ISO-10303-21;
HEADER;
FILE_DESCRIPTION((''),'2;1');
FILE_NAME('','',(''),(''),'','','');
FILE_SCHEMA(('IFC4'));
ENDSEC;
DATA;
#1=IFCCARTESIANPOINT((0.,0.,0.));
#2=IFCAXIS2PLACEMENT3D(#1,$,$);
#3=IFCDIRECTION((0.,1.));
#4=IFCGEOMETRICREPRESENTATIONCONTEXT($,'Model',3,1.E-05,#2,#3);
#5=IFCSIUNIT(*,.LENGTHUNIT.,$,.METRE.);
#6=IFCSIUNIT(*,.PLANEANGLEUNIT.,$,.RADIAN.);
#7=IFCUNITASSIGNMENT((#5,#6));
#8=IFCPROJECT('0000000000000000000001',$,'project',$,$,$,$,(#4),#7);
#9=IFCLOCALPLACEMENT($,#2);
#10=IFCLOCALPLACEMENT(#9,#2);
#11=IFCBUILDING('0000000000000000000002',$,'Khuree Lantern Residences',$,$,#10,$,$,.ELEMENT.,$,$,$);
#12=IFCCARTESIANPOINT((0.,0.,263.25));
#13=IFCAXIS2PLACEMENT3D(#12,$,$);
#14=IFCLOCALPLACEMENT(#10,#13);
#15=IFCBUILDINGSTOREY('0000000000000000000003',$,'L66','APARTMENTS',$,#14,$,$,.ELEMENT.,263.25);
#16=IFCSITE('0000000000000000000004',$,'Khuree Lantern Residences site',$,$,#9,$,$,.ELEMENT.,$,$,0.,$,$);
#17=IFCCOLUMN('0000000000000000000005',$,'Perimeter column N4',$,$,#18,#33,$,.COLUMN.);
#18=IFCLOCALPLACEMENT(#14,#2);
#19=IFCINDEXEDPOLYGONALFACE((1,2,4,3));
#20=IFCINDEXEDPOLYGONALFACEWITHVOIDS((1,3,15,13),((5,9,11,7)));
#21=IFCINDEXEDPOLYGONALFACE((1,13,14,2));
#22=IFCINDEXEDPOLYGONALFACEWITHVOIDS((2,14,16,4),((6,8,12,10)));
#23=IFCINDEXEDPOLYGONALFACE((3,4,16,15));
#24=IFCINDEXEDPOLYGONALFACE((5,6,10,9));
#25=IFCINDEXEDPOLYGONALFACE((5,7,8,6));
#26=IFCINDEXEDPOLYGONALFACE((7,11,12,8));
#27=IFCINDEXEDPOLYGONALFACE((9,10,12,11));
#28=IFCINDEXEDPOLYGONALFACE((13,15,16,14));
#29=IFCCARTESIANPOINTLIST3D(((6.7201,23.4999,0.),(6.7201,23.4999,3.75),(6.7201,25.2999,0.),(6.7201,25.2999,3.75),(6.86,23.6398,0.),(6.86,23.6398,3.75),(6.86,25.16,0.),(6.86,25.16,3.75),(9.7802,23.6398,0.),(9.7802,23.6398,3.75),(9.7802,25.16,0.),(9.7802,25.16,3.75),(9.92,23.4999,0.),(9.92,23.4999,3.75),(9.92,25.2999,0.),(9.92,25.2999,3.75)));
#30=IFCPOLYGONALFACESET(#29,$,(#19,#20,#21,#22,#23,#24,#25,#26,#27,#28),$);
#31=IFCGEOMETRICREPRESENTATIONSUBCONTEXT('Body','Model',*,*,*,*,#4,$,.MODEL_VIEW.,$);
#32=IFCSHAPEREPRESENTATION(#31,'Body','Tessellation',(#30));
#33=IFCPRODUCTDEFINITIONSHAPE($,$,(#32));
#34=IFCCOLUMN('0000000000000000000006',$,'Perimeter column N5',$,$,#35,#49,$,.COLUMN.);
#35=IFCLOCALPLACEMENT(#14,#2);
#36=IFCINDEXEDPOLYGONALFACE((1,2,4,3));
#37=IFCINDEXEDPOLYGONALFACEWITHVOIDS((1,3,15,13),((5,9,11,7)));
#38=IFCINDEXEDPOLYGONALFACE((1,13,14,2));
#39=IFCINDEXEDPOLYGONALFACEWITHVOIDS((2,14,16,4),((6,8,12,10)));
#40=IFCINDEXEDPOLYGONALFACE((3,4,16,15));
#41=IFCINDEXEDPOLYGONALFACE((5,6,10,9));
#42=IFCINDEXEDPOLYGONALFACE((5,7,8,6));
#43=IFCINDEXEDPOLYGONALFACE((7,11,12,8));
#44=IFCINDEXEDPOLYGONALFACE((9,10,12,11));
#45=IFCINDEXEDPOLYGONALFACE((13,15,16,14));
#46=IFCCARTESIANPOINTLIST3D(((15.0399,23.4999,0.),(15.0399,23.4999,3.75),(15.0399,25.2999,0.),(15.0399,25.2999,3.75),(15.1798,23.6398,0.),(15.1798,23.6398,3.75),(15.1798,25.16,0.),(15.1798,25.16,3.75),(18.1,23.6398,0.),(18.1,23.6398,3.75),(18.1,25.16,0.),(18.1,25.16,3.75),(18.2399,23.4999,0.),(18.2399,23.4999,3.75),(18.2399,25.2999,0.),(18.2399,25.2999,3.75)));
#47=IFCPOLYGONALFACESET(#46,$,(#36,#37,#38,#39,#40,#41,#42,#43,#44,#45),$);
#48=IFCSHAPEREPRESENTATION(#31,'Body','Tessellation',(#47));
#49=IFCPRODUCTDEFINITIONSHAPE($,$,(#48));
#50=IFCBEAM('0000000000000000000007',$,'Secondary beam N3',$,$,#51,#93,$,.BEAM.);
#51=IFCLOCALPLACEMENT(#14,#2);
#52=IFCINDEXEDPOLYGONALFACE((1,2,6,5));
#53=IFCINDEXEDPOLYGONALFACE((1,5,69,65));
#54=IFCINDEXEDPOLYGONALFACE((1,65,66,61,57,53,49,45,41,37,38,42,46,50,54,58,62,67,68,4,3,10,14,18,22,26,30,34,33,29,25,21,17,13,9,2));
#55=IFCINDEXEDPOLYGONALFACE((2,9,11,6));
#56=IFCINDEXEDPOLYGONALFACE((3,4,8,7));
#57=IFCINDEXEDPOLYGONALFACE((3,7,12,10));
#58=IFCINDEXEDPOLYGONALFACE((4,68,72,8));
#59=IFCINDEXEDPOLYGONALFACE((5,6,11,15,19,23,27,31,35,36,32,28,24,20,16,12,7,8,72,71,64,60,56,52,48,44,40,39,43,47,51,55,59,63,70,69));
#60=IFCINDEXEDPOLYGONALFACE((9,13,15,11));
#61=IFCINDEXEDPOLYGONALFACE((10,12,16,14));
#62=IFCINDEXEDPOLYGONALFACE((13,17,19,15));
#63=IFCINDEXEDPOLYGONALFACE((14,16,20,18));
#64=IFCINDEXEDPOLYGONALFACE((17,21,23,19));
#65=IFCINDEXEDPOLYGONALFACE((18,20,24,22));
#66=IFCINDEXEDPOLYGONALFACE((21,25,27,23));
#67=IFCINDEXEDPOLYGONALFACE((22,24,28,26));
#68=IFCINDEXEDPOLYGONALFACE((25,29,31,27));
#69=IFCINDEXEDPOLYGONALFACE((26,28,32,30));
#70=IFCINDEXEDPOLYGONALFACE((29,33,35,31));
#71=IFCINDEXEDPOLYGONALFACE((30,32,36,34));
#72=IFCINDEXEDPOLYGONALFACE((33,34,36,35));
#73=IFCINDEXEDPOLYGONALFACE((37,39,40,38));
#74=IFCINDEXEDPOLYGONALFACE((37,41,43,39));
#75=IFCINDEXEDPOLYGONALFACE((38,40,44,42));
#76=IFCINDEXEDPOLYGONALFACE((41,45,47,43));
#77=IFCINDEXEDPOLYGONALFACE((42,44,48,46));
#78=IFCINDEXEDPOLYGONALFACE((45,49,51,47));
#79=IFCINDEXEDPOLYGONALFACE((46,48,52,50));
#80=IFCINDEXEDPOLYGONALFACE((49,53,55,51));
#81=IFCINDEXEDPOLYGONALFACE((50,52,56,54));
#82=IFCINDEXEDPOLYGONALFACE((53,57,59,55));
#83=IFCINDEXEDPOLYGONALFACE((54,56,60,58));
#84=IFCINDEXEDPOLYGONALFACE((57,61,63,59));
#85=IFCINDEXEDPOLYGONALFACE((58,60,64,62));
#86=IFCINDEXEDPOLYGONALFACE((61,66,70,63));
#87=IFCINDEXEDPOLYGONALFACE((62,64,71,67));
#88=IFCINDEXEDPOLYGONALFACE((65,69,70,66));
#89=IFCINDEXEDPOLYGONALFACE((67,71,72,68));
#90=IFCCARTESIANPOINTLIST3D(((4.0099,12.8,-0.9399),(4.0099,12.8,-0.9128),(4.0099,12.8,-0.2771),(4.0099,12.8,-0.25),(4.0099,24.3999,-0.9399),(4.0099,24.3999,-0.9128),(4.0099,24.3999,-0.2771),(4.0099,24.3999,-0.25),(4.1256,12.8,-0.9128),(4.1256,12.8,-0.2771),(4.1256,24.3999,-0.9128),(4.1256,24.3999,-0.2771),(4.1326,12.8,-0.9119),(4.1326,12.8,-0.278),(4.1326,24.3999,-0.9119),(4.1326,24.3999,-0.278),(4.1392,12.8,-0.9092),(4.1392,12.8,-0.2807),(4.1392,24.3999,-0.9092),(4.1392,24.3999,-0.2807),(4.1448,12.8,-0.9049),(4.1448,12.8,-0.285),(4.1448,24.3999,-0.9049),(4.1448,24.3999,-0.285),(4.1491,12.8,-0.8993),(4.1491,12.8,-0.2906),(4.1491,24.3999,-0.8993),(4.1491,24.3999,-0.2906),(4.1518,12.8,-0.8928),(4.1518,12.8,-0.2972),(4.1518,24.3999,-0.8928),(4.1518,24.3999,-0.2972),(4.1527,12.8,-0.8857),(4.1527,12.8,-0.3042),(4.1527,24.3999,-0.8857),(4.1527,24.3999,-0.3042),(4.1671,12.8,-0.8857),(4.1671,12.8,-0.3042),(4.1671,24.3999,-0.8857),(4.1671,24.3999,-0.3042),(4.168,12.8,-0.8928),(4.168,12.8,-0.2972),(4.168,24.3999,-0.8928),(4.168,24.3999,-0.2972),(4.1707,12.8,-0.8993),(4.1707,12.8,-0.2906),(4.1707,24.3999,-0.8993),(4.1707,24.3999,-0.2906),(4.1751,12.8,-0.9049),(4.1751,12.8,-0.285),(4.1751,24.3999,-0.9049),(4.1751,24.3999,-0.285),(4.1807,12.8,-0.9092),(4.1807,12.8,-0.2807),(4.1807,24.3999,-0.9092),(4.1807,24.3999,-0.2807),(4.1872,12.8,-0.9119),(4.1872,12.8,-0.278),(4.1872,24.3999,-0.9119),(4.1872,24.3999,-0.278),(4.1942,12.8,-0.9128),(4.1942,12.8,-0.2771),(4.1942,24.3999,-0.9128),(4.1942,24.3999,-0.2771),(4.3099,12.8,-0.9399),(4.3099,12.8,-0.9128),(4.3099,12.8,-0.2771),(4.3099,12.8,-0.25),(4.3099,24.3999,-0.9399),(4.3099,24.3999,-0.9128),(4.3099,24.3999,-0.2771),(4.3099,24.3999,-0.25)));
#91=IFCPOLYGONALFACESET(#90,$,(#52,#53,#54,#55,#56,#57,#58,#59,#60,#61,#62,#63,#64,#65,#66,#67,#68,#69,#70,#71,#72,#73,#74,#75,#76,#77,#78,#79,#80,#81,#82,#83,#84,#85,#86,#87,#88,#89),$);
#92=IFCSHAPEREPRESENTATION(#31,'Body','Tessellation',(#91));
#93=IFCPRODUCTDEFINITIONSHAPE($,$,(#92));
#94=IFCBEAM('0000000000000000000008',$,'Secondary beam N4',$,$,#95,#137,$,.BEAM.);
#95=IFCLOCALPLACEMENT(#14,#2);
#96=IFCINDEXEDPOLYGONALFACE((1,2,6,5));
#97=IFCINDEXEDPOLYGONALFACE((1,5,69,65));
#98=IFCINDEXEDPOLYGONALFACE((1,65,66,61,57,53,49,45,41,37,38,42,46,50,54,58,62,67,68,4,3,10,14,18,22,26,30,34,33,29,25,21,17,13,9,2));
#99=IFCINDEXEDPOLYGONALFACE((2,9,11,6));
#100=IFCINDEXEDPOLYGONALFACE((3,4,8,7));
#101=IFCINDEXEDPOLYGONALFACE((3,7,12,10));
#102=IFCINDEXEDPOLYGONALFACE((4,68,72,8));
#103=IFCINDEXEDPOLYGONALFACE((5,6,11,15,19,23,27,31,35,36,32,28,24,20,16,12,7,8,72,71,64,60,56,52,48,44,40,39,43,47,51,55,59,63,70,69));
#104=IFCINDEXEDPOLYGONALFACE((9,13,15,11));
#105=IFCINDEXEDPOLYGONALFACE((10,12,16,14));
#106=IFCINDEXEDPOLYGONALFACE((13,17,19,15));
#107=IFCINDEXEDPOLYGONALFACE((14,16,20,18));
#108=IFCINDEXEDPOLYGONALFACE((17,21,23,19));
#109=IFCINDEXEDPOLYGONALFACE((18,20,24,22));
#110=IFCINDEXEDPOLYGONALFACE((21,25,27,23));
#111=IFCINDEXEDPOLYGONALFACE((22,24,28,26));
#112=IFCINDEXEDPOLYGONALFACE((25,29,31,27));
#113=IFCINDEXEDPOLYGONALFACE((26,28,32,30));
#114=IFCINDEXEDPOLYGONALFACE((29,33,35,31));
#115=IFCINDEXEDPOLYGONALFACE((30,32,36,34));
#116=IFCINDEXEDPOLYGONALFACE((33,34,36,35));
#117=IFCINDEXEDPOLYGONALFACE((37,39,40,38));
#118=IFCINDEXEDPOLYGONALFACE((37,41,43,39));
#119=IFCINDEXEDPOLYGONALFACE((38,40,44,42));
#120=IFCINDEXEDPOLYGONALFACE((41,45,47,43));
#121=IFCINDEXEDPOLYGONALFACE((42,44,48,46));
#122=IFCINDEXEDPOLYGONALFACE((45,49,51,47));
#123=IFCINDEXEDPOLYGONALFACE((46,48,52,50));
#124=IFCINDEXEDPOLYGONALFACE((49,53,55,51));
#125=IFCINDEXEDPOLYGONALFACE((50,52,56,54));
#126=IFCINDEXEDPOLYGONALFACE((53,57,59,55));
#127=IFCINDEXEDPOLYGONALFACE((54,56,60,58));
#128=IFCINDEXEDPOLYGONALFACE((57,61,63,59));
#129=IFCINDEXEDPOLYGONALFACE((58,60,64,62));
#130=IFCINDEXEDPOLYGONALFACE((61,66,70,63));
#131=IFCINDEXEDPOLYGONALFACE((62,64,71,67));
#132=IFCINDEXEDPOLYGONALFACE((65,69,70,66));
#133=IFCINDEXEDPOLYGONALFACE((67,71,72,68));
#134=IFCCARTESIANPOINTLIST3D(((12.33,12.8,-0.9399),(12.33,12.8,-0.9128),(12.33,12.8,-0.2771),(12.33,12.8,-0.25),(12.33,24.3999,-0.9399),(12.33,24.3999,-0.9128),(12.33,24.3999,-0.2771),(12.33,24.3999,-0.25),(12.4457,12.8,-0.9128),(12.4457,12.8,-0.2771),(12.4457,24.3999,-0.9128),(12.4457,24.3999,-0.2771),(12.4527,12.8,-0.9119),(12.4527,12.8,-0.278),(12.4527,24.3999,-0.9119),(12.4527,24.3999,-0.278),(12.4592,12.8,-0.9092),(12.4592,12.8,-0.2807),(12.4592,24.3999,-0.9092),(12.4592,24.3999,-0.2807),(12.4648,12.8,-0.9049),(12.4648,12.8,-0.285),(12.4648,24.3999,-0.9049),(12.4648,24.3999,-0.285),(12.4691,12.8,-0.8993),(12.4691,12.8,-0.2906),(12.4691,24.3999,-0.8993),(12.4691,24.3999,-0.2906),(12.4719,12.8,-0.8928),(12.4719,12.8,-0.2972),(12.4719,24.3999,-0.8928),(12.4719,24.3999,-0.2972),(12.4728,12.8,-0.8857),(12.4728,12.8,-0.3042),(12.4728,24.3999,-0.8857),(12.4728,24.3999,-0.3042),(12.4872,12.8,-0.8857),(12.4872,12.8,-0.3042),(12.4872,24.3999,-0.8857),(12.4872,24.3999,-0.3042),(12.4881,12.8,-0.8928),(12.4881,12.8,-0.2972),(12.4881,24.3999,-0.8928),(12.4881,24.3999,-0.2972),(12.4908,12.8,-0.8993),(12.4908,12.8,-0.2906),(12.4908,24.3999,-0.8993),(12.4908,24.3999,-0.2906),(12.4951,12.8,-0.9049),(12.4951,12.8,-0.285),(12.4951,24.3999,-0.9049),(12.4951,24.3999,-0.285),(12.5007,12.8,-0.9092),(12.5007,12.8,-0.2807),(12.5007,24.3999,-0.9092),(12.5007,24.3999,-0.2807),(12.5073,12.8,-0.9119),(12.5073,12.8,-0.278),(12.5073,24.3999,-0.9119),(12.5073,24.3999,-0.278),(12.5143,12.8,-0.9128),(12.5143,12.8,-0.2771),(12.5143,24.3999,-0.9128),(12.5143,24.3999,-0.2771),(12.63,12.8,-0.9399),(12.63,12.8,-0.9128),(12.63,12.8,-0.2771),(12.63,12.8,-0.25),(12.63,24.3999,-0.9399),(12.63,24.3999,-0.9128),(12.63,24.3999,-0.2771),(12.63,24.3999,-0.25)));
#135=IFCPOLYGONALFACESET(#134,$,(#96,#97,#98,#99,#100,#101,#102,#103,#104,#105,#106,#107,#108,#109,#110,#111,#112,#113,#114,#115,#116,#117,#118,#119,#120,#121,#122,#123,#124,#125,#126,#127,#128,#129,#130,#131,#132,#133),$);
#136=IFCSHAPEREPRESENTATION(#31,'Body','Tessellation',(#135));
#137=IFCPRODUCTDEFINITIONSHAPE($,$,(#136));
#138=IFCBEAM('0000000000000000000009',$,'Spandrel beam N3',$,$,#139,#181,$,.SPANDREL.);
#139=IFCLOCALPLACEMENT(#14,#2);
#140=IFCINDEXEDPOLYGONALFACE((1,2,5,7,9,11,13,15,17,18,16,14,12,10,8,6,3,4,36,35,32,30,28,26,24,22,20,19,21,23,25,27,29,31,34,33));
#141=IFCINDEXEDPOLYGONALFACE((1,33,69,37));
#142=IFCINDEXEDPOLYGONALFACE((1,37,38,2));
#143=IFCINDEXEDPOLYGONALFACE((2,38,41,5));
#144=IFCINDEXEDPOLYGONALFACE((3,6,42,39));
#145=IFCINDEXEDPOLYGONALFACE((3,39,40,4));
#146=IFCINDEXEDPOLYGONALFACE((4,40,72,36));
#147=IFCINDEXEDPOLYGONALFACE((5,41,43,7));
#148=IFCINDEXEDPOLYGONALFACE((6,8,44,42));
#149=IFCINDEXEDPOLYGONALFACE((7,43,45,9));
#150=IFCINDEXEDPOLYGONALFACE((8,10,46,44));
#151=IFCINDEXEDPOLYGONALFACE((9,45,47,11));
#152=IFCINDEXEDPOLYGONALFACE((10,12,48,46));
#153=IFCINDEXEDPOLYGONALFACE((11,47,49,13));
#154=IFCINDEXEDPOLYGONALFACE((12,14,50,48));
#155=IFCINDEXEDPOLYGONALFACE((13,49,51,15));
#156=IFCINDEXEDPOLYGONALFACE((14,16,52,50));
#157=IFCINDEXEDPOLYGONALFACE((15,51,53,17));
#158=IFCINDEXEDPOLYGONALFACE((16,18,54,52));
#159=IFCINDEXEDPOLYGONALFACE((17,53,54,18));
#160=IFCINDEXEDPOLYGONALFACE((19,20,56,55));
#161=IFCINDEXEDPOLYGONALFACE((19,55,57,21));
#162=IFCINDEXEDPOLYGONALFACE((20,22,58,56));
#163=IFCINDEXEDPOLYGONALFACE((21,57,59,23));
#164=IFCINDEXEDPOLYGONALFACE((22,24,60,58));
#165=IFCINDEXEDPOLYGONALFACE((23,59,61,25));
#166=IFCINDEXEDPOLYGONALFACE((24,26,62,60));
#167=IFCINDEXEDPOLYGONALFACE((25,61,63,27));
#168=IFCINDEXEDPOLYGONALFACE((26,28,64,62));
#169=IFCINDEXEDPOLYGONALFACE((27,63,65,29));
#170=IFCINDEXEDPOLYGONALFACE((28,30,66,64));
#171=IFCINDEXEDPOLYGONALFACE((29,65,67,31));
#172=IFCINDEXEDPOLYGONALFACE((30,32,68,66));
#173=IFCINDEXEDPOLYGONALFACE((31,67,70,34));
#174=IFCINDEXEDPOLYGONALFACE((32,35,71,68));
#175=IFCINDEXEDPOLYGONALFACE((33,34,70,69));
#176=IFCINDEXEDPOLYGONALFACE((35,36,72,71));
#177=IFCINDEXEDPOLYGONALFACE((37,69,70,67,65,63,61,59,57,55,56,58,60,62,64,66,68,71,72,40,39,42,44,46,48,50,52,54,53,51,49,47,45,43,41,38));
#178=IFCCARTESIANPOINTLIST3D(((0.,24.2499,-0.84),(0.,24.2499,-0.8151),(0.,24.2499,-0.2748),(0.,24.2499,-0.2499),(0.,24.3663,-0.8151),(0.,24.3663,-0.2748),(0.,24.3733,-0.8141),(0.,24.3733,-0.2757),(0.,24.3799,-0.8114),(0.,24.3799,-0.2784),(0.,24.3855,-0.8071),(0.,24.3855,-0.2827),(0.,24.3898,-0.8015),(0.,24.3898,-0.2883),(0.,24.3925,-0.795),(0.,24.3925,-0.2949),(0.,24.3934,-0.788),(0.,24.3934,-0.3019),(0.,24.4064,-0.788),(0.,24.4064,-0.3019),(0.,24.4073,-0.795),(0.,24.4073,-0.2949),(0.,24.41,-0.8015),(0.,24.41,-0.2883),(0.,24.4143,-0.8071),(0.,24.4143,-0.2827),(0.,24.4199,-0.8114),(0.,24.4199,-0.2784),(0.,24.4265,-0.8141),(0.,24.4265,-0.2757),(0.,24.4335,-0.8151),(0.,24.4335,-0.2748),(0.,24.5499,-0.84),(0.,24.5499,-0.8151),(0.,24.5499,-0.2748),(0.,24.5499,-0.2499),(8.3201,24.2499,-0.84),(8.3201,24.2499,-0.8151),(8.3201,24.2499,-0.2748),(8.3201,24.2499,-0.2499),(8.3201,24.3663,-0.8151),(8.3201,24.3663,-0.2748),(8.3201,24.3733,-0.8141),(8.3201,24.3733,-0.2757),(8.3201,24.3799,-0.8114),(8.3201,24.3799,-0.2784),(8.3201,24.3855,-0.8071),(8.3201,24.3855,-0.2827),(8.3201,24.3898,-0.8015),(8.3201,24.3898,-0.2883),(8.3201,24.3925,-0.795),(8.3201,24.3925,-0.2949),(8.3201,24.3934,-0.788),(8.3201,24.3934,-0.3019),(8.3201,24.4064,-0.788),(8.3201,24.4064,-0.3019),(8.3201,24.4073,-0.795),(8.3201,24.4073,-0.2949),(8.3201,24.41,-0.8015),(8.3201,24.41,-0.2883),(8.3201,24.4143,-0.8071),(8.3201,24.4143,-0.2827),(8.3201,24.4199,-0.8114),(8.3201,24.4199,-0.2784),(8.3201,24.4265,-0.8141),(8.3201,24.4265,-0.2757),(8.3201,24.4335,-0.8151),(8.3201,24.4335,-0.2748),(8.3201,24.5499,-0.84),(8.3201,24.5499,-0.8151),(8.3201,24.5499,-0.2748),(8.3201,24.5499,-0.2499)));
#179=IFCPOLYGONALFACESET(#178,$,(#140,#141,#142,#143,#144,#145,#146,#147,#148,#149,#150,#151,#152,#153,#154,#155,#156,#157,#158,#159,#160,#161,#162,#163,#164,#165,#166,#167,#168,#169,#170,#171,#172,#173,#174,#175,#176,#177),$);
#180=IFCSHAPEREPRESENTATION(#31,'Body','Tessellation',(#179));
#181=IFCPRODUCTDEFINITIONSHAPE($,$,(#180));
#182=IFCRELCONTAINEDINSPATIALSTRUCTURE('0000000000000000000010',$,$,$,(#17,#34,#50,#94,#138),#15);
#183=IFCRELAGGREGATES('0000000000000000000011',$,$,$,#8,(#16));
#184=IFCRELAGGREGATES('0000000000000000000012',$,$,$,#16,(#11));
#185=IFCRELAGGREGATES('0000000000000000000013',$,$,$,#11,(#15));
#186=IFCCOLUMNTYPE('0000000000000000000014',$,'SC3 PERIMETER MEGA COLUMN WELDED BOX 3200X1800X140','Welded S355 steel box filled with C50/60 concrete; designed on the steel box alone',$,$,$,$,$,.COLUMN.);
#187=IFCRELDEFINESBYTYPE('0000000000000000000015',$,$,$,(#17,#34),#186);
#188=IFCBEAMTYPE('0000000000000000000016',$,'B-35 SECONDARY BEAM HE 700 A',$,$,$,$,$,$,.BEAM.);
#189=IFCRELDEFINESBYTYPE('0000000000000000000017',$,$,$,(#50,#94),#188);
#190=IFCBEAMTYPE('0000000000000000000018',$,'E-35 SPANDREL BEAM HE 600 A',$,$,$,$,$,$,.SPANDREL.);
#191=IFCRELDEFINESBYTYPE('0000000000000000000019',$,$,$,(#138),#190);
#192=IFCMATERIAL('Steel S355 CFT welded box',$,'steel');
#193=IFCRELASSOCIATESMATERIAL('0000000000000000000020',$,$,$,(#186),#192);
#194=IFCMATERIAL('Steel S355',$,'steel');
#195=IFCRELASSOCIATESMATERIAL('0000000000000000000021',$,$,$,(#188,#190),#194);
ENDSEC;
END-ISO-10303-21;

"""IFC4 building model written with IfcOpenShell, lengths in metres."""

from ifc_helpers import new_model, si_unit, direction, frame, origin, origin_2d, place, context, subcontext, project, spatial, hollow_rectangle, i_section, extrude, material, material_profile, profile_set, type_object, element, save


model = new_model("IFC4")

# Units and contexts
model_context = context("Model", 3, precision=1e-05, world=origin(), true_north=direction((0.0, 1.0)))
body_context = subcontext(model_context, "Body", "Model", "MODEL_VIEW")
ifc_project = project(units=[si_unit("LENGTHUNIT", "METRE"), si_unit("PLANEANGLEUNIT", "RADIAN")], contexts=[model_context])

# Site, building, storey
site_placement = place(None, origin())
site = spatial("IfcSite", under=ifc_project, at=site_placement, Name="Khuree Lantern Residences site", CompositionType="ELEMENT", RefElevation=0.0)
building_placement = place(site_placement, origin())
building = spatial("IfcBuilding", under=site, at=building_placement, Name="Khuree Lantern Residences", CompositionType="ELEMENT")
storey_placement = place(building_placement, frame((0.0, 0.0, 263.25)))
storey = spatial("IfcBuildingStorey", under=building, at=storey_placement, Name="L66", Description="APARTMENTS", CompositionType="ELEMENT", Elevation=263.25)

# Columns
ifc_material_1 = material(Name="Steel S355 CFT welded box", Category="steel")
ifc_material_profile_1 = material_profile(ifc_material_1, hollow_rectangle(XDim=3.2, YDim=1.8, WallThickness=0.1399, at=origin_2d()), Name="WELDED BOX 3200X1800X140")
ifc_profile_set_1 = profile_set([ifc_material_profile_1], Name="Steel S355 CFT welded box")
column_type = type_object("IfcColumnType", Name="SC3 PERIMETER MEGA COLUMN WELDED BOX 3200X1800X140", Description="Welded S355 steel box filled with C50/60 concrete; designed on the steel box alone", PredefinedType="COLUMN", material=ifc_profile_set_1)
for number, where, z_axis, x_axis, name in (
    (1, (8.3201, 24.3999, 0.0), (0.0, 0.0, 1.0), (1.0, 0.0, 0.0), "Perimeter column N4"),
    (2, (16.6399, 24.3999, 0.0), (0.0, 0.0, 1.0), (1.0, 0.0, 0.0), "Perimeter column N5"),
):
    element("IfcColumn", number, at=place(storey_placement, frame(where, z_axis=z_axis, x_axis=x_axis)), inside=storey, type_object=column_type, Name=name, PredefinedType="COLUMN", context=body_context, shape_type="SweptSolid", body=[
        extrude(hollow_rectangle(XDim=3.2, YDim=1.8, WallThickness=0.1399, at=origin_2d()), origin(), (0.0, 0.0, 1.0), 3.75),
    ])

# Beams
ifc_material_2 = material(Name="Steel S355", Category="steel")
ifc_material_profile_2 = material_profile(ifc_material_2, i_section(OverallWidth=0.3, OverallDepth=0.6899, WebThickness=0.0144, FlangeThickness=0.0271, FilletRadius=0.0271, at=origin_2d()), Name="HE 700 A")
ifc_profile_set_2 = profile_set([ifc_material_profile_2], Name="Steel S355")
beam_type_1 = type_object("IfcBeamType", Name="B-35 SECONDARY BEAM HE 700 A", PredefinedType="BEAM", material=ifc_profile_set_2)
for number, where, z_axis, x_axis, name in (
    (3, (4.1599, 24.3999, -0.595), (0.0, -1.0, 0.0), (1.0, 0.0, 0.0), "Secondary beam N3"),
    (4, (12.48, 24.3999, -0.595), (0.0, -1.0, 0.0), (1.0, 0.0, 0.0), "Secondary beam N4"),
):
    element("IfcBeam", number, at=place(storey_placement, frame(where, z_axis=z_axis, x_axis=x_axis)), inside=storey, type_object=beam_type_1, Name=name, PredefinedType="BEAM", context=body_context, shape_type="SweptSolid", body=[
        extrude(i_section(OverallWidth=0.3, OverallDepth=0.6899, WebThickness=0.0144, FlangeThickness=0.0271, FilletRadius=0.0271, at=origin_2d()), origin(), (0.0, 0.0, 1.0), 11.5999),
    ])
ifc_material_profile_3 = material_profile(ifc_material_2, i_section(OverallWidth=0.3, OverallDepth=0.5901, WebThickness=0.0129, FlangeThickness=0.0249, FilletRadius=0.0271, at=origin_2d()), Name="HE 600 A")
ifc_profile_set_3 = profile_set([ifc_material_profile_3], Name="Steel S355")
beam_type_2 = type_object("IfcBeamType", Name="E-35 SPANDREL BEAM HE 600 A", PredefinedType="SPANDREL", material=ifc_profile_set_3)
beam_1_placement = place(storey_placement, frame((0.0, 24.3999, -0.5449), z_axis=(1.0, 0.0, 0.0), x_axis=(0.0, 1.0, 0.0)))
element("IfcBeam", 5, at=beam_1_placement, inside=storey, type_object=beam_type_2, Name="Spandrel beam N3", PredefinedType="SPANDREL", context=body_context, shape_type="SweptSolid", body=[
    extrude(i_section(OverallWidth=0.3, OverallDepth=0.5901, WebThickness=0.0129, FlangeThickness=0.0249, FilletRadius=0.0271, at=origin_2d()), origin(), (0.0, 0.0, 1.0), 8.3201),
])

save(model, "model.ifc")
